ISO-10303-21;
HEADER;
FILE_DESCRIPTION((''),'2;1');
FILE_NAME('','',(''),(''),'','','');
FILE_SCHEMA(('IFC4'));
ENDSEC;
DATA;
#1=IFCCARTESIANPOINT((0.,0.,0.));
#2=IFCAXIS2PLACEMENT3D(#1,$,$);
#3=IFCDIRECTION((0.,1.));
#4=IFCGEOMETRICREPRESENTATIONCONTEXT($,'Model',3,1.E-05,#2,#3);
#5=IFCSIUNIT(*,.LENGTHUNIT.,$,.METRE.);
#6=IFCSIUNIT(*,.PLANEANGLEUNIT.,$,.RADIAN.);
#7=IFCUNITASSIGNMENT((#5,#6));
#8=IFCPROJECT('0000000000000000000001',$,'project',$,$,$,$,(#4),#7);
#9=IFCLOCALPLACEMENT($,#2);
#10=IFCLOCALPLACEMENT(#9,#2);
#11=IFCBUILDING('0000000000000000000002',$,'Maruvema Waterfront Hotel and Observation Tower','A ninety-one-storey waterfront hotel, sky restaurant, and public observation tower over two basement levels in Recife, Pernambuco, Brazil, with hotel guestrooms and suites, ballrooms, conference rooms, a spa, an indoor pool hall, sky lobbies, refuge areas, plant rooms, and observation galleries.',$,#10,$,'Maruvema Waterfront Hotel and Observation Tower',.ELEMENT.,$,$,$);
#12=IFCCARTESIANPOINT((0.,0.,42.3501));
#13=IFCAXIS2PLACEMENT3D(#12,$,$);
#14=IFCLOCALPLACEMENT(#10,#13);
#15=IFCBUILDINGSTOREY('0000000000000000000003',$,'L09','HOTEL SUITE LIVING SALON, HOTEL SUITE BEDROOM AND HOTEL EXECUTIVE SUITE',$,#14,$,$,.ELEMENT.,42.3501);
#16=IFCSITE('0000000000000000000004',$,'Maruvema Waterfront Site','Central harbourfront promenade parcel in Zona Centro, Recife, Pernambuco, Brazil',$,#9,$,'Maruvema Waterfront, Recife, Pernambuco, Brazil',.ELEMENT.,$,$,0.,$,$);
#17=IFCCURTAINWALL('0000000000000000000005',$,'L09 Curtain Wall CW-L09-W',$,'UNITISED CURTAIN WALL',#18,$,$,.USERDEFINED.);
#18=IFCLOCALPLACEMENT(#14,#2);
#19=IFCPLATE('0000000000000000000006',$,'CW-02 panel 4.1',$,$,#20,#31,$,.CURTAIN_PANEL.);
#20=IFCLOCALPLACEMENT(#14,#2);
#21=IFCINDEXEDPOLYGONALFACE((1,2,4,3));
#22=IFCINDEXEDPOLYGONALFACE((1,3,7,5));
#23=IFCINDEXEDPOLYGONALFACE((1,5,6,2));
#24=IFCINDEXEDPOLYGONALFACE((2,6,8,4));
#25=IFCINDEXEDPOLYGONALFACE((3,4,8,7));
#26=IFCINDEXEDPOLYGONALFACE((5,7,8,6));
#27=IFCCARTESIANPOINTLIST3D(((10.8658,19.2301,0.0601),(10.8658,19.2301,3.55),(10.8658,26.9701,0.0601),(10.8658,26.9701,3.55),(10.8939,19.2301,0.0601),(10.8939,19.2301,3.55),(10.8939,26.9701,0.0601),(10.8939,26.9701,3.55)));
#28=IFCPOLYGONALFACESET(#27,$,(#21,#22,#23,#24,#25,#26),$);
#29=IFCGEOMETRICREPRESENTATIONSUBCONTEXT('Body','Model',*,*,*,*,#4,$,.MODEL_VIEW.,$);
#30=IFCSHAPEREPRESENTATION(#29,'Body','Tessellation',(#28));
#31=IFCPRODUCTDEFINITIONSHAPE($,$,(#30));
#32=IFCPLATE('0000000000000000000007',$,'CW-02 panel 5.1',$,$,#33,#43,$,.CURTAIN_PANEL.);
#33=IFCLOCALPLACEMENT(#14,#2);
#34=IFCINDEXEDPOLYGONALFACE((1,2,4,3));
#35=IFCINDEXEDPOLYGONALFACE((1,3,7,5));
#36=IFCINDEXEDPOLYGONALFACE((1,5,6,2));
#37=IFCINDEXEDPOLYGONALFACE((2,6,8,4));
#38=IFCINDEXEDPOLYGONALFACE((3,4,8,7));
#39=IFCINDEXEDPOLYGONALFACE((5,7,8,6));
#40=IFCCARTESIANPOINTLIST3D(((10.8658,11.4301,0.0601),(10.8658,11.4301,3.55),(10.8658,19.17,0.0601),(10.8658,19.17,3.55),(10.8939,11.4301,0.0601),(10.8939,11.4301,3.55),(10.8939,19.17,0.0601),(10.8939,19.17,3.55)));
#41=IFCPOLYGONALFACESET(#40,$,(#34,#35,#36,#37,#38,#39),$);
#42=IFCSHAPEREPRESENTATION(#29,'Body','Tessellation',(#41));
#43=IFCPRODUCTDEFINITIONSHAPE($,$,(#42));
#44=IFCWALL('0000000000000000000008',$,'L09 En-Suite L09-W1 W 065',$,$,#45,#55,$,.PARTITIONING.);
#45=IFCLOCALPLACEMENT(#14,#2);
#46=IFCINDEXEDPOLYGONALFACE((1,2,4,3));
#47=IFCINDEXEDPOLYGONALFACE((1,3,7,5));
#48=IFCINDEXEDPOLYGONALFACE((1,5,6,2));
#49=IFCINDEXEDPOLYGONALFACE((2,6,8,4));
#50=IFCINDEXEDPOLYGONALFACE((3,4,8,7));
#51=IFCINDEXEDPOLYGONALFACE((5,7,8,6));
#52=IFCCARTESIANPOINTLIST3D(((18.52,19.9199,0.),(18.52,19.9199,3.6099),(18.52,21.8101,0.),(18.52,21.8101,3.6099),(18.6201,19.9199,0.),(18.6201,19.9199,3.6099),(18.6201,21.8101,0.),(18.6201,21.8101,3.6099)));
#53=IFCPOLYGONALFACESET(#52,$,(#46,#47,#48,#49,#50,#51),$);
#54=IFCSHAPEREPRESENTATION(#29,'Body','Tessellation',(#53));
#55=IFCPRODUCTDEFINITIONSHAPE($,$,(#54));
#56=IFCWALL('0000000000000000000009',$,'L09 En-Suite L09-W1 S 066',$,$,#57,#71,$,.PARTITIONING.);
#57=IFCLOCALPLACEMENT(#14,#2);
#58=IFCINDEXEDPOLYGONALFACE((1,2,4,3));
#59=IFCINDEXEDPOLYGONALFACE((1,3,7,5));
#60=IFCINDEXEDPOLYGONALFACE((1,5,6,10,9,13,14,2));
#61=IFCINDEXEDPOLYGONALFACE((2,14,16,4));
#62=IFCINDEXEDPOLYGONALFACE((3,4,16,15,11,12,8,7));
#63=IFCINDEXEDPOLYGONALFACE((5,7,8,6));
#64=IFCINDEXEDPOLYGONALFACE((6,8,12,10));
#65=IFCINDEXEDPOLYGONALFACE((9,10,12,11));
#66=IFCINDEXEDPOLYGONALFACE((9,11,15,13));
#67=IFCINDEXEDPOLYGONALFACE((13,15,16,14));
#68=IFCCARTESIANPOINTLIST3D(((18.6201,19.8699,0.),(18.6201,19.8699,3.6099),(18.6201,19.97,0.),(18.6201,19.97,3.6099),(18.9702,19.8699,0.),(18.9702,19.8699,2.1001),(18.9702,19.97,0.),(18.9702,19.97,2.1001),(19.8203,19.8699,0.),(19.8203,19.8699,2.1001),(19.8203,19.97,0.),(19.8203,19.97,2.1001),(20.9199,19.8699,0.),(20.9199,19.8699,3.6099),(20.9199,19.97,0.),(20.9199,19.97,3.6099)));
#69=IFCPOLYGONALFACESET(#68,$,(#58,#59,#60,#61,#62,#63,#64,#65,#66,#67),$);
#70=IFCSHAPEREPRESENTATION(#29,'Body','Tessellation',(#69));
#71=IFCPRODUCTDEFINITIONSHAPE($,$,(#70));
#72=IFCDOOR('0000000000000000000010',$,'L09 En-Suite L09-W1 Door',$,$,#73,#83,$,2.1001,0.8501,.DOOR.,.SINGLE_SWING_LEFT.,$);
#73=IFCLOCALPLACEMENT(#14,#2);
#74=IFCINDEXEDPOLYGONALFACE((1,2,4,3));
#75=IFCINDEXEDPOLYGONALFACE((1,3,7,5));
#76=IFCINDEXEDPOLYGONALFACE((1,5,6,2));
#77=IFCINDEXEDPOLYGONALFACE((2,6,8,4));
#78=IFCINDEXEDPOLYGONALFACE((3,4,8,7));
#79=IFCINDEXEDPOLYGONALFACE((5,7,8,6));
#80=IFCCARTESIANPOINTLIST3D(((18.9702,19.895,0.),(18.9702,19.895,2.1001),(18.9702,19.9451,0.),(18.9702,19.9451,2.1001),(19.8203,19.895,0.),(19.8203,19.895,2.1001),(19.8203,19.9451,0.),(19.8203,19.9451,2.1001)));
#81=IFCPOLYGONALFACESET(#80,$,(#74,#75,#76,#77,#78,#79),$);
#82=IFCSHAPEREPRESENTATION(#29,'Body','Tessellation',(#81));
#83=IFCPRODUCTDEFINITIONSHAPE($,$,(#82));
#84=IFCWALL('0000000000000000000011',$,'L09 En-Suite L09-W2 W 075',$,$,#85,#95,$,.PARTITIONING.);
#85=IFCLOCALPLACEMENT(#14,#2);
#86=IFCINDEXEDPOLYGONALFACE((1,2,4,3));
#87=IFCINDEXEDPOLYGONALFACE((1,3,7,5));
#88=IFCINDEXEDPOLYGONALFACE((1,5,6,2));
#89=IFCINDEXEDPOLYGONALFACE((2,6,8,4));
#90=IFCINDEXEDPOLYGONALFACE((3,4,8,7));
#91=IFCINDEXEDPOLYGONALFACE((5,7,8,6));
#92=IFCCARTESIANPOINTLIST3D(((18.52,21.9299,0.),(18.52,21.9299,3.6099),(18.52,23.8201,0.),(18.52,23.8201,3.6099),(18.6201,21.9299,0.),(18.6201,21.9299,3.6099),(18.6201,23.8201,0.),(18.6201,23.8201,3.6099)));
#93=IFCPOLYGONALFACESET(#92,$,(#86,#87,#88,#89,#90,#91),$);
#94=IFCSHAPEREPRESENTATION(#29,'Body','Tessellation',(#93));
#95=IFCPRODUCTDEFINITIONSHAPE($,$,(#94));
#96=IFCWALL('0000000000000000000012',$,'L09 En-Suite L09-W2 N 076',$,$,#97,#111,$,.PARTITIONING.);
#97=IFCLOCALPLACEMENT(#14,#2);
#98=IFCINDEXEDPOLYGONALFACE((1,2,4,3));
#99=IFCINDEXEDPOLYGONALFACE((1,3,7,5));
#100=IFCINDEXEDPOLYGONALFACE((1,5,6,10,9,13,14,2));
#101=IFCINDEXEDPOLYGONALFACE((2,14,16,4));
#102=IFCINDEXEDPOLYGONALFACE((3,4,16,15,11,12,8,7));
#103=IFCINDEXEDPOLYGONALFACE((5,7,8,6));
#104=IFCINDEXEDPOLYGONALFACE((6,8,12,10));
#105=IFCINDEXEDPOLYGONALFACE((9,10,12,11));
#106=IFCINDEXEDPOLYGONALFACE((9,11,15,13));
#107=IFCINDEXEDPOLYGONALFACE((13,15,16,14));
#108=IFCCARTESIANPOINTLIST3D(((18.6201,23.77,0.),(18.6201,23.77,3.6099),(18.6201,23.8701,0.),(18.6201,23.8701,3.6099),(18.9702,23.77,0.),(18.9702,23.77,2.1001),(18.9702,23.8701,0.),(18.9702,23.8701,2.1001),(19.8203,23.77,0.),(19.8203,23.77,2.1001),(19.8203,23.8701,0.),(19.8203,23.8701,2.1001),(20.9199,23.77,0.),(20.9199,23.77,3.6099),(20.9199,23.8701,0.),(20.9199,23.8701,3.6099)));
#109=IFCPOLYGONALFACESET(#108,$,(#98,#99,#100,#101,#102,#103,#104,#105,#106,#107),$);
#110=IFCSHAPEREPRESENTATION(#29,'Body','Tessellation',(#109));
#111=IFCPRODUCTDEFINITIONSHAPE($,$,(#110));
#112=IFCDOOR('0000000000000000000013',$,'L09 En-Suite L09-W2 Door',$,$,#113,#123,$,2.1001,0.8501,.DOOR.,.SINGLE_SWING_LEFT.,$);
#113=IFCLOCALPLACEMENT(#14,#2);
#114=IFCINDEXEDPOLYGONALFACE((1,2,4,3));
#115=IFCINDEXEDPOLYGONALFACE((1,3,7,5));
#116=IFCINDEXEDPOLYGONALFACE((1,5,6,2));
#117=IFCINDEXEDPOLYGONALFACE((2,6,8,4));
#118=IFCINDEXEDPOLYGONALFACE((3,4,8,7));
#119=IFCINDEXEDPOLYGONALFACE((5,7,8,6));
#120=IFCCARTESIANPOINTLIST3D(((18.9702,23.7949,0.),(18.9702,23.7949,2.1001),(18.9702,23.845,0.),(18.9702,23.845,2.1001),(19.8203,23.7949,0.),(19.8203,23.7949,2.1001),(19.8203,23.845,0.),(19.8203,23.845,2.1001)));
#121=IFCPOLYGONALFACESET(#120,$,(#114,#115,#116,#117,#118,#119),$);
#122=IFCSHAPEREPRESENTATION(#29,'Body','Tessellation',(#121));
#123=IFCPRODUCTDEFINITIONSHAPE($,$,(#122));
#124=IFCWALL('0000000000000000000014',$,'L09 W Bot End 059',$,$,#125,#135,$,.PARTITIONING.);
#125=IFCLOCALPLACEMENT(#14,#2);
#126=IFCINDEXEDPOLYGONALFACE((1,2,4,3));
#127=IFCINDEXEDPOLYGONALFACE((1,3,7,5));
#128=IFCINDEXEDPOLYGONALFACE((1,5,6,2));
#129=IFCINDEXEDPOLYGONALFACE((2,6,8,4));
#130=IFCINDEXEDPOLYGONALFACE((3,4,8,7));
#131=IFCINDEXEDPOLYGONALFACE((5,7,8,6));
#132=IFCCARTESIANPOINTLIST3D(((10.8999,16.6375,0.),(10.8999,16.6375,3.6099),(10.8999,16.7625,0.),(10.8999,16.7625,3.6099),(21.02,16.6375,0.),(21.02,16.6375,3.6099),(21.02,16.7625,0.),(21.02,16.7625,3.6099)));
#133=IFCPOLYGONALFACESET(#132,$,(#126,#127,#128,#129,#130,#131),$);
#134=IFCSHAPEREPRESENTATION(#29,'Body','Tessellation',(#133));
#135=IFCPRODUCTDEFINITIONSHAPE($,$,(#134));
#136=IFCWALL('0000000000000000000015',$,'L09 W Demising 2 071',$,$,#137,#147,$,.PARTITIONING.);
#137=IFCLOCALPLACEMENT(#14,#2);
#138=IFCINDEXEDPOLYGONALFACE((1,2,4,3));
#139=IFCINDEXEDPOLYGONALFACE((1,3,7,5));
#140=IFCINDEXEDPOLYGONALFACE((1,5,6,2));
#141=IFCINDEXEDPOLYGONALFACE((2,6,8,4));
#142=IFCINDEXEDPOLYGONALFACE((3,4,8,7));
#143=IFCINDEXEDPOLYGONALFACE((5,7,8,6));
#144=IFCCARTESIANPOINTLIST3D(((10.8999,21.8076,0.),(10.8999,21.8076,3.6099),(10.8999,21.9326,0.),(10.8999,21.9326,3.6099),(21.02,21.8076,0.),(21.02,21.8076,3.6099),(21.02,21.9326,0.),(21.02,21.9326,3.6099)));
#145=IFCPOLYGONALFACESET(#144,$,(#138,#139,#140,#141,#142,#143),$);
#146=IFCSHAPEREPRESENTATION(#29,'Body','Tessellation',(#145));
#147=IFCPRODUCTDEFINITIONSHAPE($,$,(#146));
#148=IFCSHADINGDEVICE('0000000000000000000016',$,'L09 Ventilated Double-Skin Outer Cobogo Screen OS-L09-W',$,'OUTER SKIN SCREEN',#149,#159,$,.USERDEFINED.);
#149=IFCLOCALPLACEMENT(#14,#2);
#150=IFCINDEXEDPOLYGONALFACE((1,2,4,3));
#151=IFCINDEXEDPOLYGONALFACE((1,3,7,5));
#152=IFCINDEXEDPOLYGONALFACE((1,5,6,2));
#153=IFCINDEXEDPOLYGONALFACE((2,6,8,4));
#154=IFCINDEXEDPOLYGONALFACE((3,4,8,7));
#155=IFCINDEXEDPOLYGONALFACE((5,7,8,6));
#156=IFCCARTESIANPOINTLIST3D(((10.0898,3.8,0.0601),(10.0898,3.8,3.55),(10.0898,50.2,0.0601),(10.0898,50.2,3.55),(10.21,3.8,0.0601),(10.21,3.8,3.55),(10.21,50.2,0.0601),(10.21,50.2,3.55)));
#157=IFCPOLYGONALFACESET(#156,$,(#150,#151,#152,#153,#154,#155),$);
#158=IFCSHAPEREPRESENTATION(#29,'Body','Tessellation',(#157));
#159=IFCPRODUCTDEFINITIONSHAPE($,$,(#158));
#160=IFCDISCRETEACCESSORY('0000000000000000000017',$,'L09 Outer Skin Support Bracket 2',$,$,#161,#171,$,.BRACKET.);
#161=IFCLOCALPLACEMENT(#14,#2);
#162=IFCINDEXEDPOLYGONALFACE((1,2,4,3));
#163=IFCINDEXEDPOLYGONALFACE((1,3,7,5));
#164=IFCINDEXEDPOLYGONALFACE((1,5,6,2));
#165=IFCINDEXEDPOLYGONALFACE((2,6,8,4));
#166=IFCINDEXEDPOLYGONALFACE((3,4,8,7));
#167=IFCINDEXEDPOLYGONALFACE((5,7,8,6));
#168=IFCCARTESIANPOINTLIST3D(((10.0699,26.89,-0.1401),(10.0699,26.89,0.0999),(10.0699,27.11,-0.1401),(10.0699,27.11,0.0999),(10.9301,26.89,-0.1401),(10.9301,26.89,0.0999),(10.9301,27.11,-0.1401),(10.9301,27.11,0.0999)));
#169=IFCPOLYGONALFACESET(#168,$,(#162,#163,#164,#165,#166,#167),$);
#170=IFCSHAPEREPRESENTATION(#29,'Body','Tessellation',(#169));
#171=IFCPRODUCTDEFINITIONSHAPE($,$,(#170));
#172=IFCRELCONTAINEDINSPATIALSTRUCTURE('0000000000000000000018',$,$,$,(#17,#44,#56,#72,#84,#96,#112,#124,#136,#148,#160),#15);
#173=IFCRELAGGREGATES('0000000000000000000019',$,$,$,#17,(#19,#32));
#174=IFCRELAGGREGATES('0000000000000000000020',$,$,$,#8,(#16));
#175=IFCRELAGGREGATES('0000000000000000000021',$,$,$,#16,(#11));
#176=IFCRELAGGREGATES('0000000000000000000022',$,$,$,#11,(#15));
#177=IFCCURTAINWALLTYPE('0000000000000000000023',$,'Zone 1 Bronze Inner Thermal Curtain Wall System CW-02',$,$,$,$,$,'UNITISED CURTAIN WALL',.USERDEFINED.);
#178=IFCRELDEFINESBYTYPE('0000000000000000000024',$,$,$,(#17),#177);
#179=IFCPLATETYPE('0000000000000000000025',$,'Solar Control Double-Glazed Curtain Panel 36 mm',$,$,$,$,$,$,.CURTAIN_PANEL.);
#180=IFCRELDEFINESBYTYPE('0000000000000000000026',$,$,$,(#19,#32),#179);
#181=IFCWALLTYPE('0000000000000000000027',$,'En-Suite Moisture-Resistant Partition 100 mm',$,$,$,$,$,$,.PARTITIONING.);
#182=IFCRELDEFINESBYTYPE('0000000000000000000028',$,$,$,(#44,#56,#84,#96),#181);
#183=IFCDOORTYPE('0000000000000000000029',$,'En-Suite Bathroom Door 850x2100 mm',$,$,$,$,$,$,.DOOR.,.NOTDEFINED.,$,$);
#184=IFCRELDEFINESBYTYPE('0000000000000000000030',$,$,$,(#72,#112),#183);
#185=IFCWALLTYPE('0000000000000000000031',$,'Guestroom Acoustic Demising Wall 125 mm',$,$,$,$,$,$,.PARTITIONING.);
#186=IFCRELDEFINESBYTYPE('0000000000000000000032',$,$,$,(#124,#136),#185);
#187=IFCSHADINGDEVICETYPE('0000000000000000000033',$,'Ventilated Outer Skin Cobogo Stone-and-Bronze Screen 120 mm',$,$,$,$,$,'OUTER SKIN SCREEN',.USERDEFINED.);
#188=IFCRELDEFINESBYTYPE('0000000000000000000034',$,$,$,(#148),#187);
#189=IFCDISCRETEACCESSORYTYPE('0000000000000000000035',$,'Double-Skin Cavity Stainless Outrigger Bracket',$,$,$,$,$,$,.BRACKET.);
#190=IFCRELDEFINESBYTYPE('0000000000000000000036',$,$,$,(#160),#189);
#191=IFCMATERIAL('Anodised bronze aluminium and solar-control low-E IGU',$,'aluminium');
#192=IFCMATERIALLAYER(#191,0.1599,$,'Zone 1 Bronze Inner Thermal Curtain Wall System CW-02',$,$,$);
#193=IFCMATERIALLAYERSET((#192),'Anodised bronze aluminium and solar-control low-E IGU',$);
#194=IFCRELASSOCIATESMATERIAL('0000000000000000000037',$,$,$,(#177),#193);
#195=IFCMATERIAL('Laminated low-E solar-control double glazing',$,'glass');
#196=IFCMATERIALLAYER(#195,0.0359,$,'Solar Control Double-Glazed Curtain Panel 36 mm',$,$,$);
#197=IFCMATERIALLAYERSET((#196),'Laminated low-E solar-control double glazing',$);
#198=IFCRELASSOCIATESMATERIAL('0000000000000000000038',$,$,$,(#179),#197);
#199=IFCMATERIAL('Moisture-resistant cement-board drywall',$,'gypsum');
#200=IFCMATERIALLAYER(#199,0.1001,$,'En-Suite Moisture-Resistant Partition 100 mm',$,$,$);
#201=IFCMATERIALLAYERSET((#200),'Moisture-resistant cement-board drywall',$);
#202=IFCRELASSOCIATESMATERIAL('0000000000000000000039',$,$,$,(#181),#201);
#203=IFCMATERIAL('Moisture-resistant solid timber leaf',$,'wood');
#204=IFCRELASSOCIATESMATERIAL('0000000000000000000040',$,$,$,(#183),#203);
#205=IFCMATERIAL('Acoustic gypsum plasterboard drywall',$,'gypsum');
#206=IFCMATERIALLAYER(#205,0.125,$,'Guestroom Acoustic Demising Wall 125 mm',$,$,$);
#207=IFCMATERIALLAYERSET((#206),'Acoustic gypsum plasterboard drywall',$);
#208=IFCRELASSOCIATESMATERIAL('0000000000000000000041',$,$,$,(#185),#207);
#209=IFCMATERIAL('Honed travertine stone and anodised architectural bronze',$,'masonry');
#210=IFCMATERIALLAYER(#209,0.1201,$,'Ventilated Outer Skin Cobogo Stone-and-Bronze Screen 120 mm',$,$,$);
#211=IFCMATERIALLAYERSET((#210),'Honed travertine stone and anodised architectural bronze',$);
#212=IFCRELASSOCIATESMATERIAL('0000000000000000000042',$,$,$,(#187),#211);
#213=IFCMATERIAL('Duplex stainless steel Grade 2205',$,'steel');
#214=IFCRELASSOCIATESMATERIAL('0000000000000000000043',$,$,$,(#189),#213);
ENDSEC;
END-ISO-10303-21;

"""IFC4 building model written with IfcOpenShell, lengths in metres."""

from ifc_helpers import new_model, si_unit, direction, frame, frame_2d, origin, origin_2d, place, context, subcontext, project, spatial, rectangle, extrude, material, layer, layer_set, type_object, element, fill, aggregate, save


model = new_model("IFC4")

# Units and contexts
model_context = context("Model", 3, precision=1e-05, world=origin(), true_north=direction((0.0, 1.0)))
body_context = subcontext(model_context, "Body", "Model", "MODEL_VIEW")
ifc_project = project(units=[si_unit("LENGTHUNIT", "METRE"), si_unit("PLANEANGLEUNIT", "RADIAN")], contexts=[model_context])

# Site, building, storey
site_placement = place(None, origin())
site = spatial("IfcSite", under=ifc_project, at=site_placement, Name="Maruvema Waterfront Site", Description="Central harbourfront promenade parcel in Zona Centro, Recife, Pernambuco, Brazil", LongName="Maruvema Waterfront, Recife, Pernambuco, Brazil", CompositionType="ELEMENT", RefElevation=0.0)
building_placement = place(site_placement, origin())
building = spatial("IfcBuilding", under=site, at=building_placement, Name="Maruvema Waterfront Hotel and Observation Tower", Description="A ninety-one-storey waterfront hotel, sky restaurant, and public observation tower over two basement levels in Recife, Pernambuco, Brazil, with hotel guestrooms and suites, ballrooms, conference rooms, a spa, an indoor pool hall, sky lobbies, refuge areas, plant rooms, and observation galleries.", LongName="Maruvema Waterfront Hotel and Observation Tower", CompositionType="ELEMENT")
storey_placement = place(building_placement, frame((0.0, 0.0, 42.3501)))
storey = spatial("IfcBuildingStorey", under=building, at=storey_placement, Name="L09", Description="HOTEL SUITE LIVING SALON, HOTEL SUITE BEDROOM AND HOTEL EXECUTIVE SUITE", CompositionType="ELEMENT", Elevation=42.3501)

# Curtain wall
ifc_material_1 = material(Name="Anodised bronze aluminium and solar-control low-E IGU", Category="aluminium")
ifc_layer_1 = layer(ifc_material_1, 0.1599, Name="Zone 1 Bronze Inner Thermal Curtain Wall System CW-02")
ifc_layer_set_1 = layer_set([ifc_layer_1], Name="Anodised bronze aluminium and solar-control low-E IGU")
curtain_wall_type = type_object("IfcCurtainWallType", Name="Zone 1 Bronze Inner Thermal Curtain Wall System CW-02", ElementType="UNITISED CURTAIN WALL", PredefinedType="USERDEFINED", material=ifc_layer_set_1)
curtain_wall_placement = place(storey_placement, origin())
curtain_wall = element("IfcCurtainWall", 1, at=curtain_wall_placement, inside=storey, type_object=curtain_wall_type, Name="L09 Curtain Wall CW-L09-W", ObjectType="UNITISED CURTAIN WALL", PredefinedType="USERDEFINED")

# Plates
ifc_material_2 = material(Name="Laminated low-E solar-control double glazing", Category="glass")
ifc_layer_2 = layer(ifc_material_2, 0.0359, Name="Solar Control Double-Glazed Curtain Panel 36 mm")
ifc_layer_set_2 = layer_set([ifc_layer_2], Name="Laminated low-E solar-control double glazing")
plate_type = type_object("IfcPlateType", Name="Solar Control Double-Glazed Curtain Panel 36 mm", PredefinedType="CURTAIN_PANEL", material=ifc_layer_set_2)
plate_1_placement = place(storey_placement, frame((10.8799, 23.1001, 0.0601), z_axis=(0.0, 0.0, 1.0), x_axis=(0.0, -1.0, 0.0)))
plate_1 = element("IfcPlate", 2, at=plate_1_placement, type_object=plate_type, Name="CW-02 panel 4.1", PredefinedType="CURTAIN_PANEL", context=body_context, shape_type="SweptSolid", body=[
    extrude(rectangle(XDim=7.74, YDim=0.0281, at=origin_2d()), origin(), (0.0, 0.0, 1.0), 3.49),
])
plate_2_placement = place(storey_placement, frame((10.8799, 15.3, 0.0601), z_axis=(0.0, 0.0, 1.0), x_axis=(0.0, -1.0, 0.0)))
plate_2 = element("IfcPlate", 3, at=plate_2_placement, type_object=plate_type, Name="CW-02 panel 5.1", PredefinedType="CURTAIN_PANEL", context=body_context, shape_type="SweptSolid", body=[
    extrude(rectangle(XDim=7.74, YDim=0.0281, at=origin_2d()), origin(), (0.0, 0.0, 1.0), 3.49),
])
aggregate(curtain_wall, [plate_1, plate_2])

# Wall
ifc_material_3 = material(Name="Moisture-resistant cement-board drywall", Category="gypsum")
ifc_layer_3 = layer(ifc_material_3, 0.1001, Name="En-Suite Moisture-Resistant Partition 100 mm")
ifc_layer_set_3 = layer_set([ifc_layer_3], Name="Moisture-resistant cement-board drywall")
wall_type_1 = type_object("IfcWallType", Name="En-Suite Moisture-Resistant Partition 100 mm", PredefinedType="PARTITIONING", material=ifc_layer_set_3)
wall_1_placement = place(storey_placement, frame((18.5701, 19.9199, 0.0), z_axis=(0.0, 0.0, 1.0), x_axis=(0.0, 1.0, 0.0)))
element("IfcWall", 4, at=wall_1_placement, inside=storey, type_object=wall_type_1, Name="L09 En-Suite L09-W1 W 065", PredefinedType="PARTITIONING", context=body_context, shape_type="SweptSolid", body=[
    extrude(rectangle(XDim=1.8901, YDim=0.1001, at=frame_2d((0.9451, 0.0))), origin(), (0.0, 0.0, 1.0), 3.6099),
])

# Wall, opening, door
wall_2_placement = place(storey_placement, frame((18.6201, 19.9199, 0.0), z_axis=(0.0, 0.0, 1.0), x_axis=(1.0, 0.0, 0.0)))
wall_2 = element("IfcWall", 5, at=wall_2_placement, inside=storey, type_object=wall_type_1, Name="L09 En-Suite L09-W1 S 066", PredefinedType="PARTITIONING", context=body_context, shape_type="SweptSolid", body=[
    extrude(rectangle(XDim=2.2998, YDim=0.1001, at=frame_2d((1.1499, 0.0))), origin(), (0.0, 0.0, 1.0), 3.6099),
])
opening_1_placement = place(wall_2_placement, frame((0.3501, 0.0, 0.0)))
opening_1 = element("IfcOpeningElement", 6, at=opening_1_placement, cuts=wall_2, PredefinedType="OPENING", context=body_context, shape_type="SweptSolid", body=[
    extrude(rectangle(XDim=0.8501, YDim=2.1001, at=frame_2d((0.425, 1.05))), frame((0.0, 0.0601, 0.0), z_axis=(0.0, -1.0, 0.0), x_axis=(1.0, 0.0, 0.0)), (0.0, 0.0, 1.0), 0.1201),
])
ifc_material_4 = material(Name="Moisture-resistant solid timber leaf", Category="wood")
door_type_1 = type_object("IfcDoorType", Name="En-Suite Bathroom Door 850x2100 mm", OperationType="NOTDEFINED", PredefinedType="DOOR", material=ifc_material_4)
door_1_placement = place(opening_1_placement, frame((0.8501, 0.0, 0.0), z_axis=(0.0, 0.0, 1.0), x_axis=(-1.0, 0.0, 0.0)))
door_1 = element("IfcDoor", 7, at=door_1_placement, inside=storey, type_object=door_type_1, Name="L09 En-Suite L09-W1 Door", OperationType="SINGLE_SWING_LEFT", OverallHeight=2.1001, OverallWidth=0.8501, PredefinedType="DOOR", context=body_context, shape_type="SweptSolid", body=[
    extrude(rectangle(XDim=0.8501, YDim=2.1001, at=frame_2d((0.425, 1.05))), frame((0.0, 0.0249, 0.0), z_axis=(0.0, -1.0, 0.0), x_axis=(1.0, 0.0, 0.0)), (0.0, 0.0, 1.0), 0.05),
])
fill(opening_1, door_1)

# Wall
wall_3_placement = place(storey_placement, frame((18.5701, 21.9299, 0.0), z_axis=(0.0, 0.0, 1.0), x_axis=(0.0, 1.0, 0.0)))
element("IfcWall", 8, at=wall_3_placement, inside=storey, type_object=wall_type_1, Name="L09 En-Suite L09-W2 W 075", PredefinedType="PARTITIONING", context=body_context, shape_type="SweptSolid", body=[
    extrude(rectangle(XDim=1.8901, YDim=0.1001, at=frame_2d((0.9451, 0.0))), origin(), (0.0, 0.0, 1.0), 3.6099),
])

# Wall, opening, door
wall_4_placement = place(storey_placement, frame((18.6201, 23.8201, 0.0), z_axis=(0.0, 0.0, 1.0), x_axis=(1.0, 0.0, 0.0)))
wall_4 = element("IfcWall", 9, at=wall_4_placement, inside=storey, type_object=wall_type_1, Name="L09 En-Suite L09-W2 N 076", PredefinedType="PARTITIONING", context=body_context, shape_type="SweptSolid", body=[
    extrude(rectangle(XDim=2.2998, YDim=0.1001, at=frame_2d((1.1499, 0.0))), origin(), (0.0, 0.0, 1.0), 3.6099),
])
opening_2_placement = place(wall_4_placement, frame((0.3501, 0.0, 0.0)))
opening_2 = element("IfcOpeningElement", 10, at=opening_2_placement, cuts=wall_4, PredefinedType="OPENING", context=body_context, shape_type="SweptSolid", body=[
    extrude(rectangle(XDim=0.8501, YDim=2.1001, at=frame_2d((0.425, 1.05))), frame((0.0, 0.0601, 0.0), z_axis=(0.0, -1.0, 0.0), x_axis=(1.0, 0.0, 0.0)), (0.0, 0.0, 1.0), 0.1201),
])
door_2_placement = place(opening_2_placement, origin())
door_2 = element("IfcDoor", 11, at=door_2_placement, inside=storey, type_object=door_type_1, Name="L09 En-Suite L09-W2 Door", OperationType="SINGLE_SWING_LEFT", OverallHeight=2.1001, OverallWidth=0.8501, PredefinedType="DOOR", context=body_context, shape_type="SweptSolid", body=[
    extrude(rectangle(XDim=0.8501, YDim=2.1001, at=frame_2d((0.425, 1.05))), frame((0.0, 0.0249, 0.0), z_axis=(0.0, -1.0, 0.0), x_axis=(1.0, 0.0, 0.0)), (0.0, 0.0, 1.0), 0.05),
])
fill(opening_2, door_2)

# Walls
ifc_material_5 = material(Name="Acoustic gypsum plasterboard drywall", Category="gypsum")
ifc_layer_4 = layer(ifc_material_5, 0.125, Name="Guestroom Acoustic Demising Wall 125 mm")
ifc_layer_set_4 = layer_set([ifc_layer_4], Name="Acoustic gypsum plasterboard drywall")
wall_type_2 = type_object("IfcWallType", Name="Guestroom Acoustic Demising Wall 125 mm", PredefinedType="PARTITIONING", material=ifc_layer_set_4)
for number, where, z_axis, x_axis, name in (
    (12, (10.8999, 16.7, 0.0), (0.0, 0.0, 1.0), (1.0, 0.0, 0.0), "L09 W Bot End 059"),
    (13, (10.8999, 21.8701, 0.0), (0.0, 0.0, 1.0), (1.0, 0.0, 0.0), "L09 W Demising 2 071"),
):
    element("IfcWall", number, at=place(storey_placement, frame(where, z_axis=z_axis, x_axis=x_axis)), inside=storey, type_object=wall_type_2, Name=name, PredefinedType="PARTITIONING", context=body_context, shape_type="SweptSolid", body=[
        extrude(rectangle(XDim=10.1201, YDim=0.125, at=frame_2d((5.0601, 0.0))), origin(), (0.0, 0.0, 1.0), 3.6099),
    ])

# Shading device
ifc_material_6 = material(Name="Honed travertine stone and anodised architectural bronze", Category="masonry")
ifc_layer_5 = layer(ifc_material_6, 0.1201, Name="Ventilated Outer Skin Cobogo Stone-and-Bronze Screen 120 mm")
ifc_layer_set_5 = layer_set([ifc_layer_5], Name="Honed travertine stone and anodised architectural bronze")
shading_device_type = type_object("IfcShadingDeviceType", Name="Ventilated Outer Skin Cobogo Stone-and-Bronze Screen 120 mm", ElementType="OUTER SKIN SCREEN", PredefinedType="USERDEFINED", material=ifc_layer_set_5)
shading_device_placement = place(storey_placement, frame((10.1499, 27.0, 0.0601), z_axis=(0.0, 0.0, 1.0), x_axis=(0.0, -1.0, 0.0)))
element("IfcShadingDevice", 14, at=shading_device_placement, inside=storey, type_object=shading_device_type, Name="L09 Ventilated Double-Skin Outer Cobogo Screen OS-L09-W", ObjectType="OUTER SKIN SCREEN", PredefinedType="USERDEFINED", context=body_context, shape_type="SweptSolid", body=[
    extrude(rectangle(XDim=46.3999, YDim=0.1201, at=origin_2d()), origin(), (0.0, 0.0, 1.0), 3.49),
])

# Discrete accessory
ifc_material_7 = material(Name="Duplex stainless steel Grade 2205", Category="steel")
discrete_accessory_type = type_object("IfcDiscreteAccessoryType", Name="Double-Skin Cavity Stainless Outrigger Bracket", PredefinedType="BRACKET", material=ifc_material_7)
discrete_accessory_placement = place(storey_placement, frame((10.5, 27.0, -0.1401), z_axis=(0.0, 0.0, 1.0), x_axis=(0.0, -1.0, 0.0)))
element("IfcDiscreteAccessory", 15, at=discrete_accessory_placement, inside=storey, type_object=discrete_accessory_type, Name="L09 Outer Skin Support Bracket 2", PredefinedType="BRACKET", context=body_context, shape_type="SweptSolid", body=[
    extrude(rectangle(XDim=0.22, YDim=0.8601, at=origin_2d()), origin(), (0.0, 0.0, 1.0), 0.24),
])

save(model, "model.ifc")
